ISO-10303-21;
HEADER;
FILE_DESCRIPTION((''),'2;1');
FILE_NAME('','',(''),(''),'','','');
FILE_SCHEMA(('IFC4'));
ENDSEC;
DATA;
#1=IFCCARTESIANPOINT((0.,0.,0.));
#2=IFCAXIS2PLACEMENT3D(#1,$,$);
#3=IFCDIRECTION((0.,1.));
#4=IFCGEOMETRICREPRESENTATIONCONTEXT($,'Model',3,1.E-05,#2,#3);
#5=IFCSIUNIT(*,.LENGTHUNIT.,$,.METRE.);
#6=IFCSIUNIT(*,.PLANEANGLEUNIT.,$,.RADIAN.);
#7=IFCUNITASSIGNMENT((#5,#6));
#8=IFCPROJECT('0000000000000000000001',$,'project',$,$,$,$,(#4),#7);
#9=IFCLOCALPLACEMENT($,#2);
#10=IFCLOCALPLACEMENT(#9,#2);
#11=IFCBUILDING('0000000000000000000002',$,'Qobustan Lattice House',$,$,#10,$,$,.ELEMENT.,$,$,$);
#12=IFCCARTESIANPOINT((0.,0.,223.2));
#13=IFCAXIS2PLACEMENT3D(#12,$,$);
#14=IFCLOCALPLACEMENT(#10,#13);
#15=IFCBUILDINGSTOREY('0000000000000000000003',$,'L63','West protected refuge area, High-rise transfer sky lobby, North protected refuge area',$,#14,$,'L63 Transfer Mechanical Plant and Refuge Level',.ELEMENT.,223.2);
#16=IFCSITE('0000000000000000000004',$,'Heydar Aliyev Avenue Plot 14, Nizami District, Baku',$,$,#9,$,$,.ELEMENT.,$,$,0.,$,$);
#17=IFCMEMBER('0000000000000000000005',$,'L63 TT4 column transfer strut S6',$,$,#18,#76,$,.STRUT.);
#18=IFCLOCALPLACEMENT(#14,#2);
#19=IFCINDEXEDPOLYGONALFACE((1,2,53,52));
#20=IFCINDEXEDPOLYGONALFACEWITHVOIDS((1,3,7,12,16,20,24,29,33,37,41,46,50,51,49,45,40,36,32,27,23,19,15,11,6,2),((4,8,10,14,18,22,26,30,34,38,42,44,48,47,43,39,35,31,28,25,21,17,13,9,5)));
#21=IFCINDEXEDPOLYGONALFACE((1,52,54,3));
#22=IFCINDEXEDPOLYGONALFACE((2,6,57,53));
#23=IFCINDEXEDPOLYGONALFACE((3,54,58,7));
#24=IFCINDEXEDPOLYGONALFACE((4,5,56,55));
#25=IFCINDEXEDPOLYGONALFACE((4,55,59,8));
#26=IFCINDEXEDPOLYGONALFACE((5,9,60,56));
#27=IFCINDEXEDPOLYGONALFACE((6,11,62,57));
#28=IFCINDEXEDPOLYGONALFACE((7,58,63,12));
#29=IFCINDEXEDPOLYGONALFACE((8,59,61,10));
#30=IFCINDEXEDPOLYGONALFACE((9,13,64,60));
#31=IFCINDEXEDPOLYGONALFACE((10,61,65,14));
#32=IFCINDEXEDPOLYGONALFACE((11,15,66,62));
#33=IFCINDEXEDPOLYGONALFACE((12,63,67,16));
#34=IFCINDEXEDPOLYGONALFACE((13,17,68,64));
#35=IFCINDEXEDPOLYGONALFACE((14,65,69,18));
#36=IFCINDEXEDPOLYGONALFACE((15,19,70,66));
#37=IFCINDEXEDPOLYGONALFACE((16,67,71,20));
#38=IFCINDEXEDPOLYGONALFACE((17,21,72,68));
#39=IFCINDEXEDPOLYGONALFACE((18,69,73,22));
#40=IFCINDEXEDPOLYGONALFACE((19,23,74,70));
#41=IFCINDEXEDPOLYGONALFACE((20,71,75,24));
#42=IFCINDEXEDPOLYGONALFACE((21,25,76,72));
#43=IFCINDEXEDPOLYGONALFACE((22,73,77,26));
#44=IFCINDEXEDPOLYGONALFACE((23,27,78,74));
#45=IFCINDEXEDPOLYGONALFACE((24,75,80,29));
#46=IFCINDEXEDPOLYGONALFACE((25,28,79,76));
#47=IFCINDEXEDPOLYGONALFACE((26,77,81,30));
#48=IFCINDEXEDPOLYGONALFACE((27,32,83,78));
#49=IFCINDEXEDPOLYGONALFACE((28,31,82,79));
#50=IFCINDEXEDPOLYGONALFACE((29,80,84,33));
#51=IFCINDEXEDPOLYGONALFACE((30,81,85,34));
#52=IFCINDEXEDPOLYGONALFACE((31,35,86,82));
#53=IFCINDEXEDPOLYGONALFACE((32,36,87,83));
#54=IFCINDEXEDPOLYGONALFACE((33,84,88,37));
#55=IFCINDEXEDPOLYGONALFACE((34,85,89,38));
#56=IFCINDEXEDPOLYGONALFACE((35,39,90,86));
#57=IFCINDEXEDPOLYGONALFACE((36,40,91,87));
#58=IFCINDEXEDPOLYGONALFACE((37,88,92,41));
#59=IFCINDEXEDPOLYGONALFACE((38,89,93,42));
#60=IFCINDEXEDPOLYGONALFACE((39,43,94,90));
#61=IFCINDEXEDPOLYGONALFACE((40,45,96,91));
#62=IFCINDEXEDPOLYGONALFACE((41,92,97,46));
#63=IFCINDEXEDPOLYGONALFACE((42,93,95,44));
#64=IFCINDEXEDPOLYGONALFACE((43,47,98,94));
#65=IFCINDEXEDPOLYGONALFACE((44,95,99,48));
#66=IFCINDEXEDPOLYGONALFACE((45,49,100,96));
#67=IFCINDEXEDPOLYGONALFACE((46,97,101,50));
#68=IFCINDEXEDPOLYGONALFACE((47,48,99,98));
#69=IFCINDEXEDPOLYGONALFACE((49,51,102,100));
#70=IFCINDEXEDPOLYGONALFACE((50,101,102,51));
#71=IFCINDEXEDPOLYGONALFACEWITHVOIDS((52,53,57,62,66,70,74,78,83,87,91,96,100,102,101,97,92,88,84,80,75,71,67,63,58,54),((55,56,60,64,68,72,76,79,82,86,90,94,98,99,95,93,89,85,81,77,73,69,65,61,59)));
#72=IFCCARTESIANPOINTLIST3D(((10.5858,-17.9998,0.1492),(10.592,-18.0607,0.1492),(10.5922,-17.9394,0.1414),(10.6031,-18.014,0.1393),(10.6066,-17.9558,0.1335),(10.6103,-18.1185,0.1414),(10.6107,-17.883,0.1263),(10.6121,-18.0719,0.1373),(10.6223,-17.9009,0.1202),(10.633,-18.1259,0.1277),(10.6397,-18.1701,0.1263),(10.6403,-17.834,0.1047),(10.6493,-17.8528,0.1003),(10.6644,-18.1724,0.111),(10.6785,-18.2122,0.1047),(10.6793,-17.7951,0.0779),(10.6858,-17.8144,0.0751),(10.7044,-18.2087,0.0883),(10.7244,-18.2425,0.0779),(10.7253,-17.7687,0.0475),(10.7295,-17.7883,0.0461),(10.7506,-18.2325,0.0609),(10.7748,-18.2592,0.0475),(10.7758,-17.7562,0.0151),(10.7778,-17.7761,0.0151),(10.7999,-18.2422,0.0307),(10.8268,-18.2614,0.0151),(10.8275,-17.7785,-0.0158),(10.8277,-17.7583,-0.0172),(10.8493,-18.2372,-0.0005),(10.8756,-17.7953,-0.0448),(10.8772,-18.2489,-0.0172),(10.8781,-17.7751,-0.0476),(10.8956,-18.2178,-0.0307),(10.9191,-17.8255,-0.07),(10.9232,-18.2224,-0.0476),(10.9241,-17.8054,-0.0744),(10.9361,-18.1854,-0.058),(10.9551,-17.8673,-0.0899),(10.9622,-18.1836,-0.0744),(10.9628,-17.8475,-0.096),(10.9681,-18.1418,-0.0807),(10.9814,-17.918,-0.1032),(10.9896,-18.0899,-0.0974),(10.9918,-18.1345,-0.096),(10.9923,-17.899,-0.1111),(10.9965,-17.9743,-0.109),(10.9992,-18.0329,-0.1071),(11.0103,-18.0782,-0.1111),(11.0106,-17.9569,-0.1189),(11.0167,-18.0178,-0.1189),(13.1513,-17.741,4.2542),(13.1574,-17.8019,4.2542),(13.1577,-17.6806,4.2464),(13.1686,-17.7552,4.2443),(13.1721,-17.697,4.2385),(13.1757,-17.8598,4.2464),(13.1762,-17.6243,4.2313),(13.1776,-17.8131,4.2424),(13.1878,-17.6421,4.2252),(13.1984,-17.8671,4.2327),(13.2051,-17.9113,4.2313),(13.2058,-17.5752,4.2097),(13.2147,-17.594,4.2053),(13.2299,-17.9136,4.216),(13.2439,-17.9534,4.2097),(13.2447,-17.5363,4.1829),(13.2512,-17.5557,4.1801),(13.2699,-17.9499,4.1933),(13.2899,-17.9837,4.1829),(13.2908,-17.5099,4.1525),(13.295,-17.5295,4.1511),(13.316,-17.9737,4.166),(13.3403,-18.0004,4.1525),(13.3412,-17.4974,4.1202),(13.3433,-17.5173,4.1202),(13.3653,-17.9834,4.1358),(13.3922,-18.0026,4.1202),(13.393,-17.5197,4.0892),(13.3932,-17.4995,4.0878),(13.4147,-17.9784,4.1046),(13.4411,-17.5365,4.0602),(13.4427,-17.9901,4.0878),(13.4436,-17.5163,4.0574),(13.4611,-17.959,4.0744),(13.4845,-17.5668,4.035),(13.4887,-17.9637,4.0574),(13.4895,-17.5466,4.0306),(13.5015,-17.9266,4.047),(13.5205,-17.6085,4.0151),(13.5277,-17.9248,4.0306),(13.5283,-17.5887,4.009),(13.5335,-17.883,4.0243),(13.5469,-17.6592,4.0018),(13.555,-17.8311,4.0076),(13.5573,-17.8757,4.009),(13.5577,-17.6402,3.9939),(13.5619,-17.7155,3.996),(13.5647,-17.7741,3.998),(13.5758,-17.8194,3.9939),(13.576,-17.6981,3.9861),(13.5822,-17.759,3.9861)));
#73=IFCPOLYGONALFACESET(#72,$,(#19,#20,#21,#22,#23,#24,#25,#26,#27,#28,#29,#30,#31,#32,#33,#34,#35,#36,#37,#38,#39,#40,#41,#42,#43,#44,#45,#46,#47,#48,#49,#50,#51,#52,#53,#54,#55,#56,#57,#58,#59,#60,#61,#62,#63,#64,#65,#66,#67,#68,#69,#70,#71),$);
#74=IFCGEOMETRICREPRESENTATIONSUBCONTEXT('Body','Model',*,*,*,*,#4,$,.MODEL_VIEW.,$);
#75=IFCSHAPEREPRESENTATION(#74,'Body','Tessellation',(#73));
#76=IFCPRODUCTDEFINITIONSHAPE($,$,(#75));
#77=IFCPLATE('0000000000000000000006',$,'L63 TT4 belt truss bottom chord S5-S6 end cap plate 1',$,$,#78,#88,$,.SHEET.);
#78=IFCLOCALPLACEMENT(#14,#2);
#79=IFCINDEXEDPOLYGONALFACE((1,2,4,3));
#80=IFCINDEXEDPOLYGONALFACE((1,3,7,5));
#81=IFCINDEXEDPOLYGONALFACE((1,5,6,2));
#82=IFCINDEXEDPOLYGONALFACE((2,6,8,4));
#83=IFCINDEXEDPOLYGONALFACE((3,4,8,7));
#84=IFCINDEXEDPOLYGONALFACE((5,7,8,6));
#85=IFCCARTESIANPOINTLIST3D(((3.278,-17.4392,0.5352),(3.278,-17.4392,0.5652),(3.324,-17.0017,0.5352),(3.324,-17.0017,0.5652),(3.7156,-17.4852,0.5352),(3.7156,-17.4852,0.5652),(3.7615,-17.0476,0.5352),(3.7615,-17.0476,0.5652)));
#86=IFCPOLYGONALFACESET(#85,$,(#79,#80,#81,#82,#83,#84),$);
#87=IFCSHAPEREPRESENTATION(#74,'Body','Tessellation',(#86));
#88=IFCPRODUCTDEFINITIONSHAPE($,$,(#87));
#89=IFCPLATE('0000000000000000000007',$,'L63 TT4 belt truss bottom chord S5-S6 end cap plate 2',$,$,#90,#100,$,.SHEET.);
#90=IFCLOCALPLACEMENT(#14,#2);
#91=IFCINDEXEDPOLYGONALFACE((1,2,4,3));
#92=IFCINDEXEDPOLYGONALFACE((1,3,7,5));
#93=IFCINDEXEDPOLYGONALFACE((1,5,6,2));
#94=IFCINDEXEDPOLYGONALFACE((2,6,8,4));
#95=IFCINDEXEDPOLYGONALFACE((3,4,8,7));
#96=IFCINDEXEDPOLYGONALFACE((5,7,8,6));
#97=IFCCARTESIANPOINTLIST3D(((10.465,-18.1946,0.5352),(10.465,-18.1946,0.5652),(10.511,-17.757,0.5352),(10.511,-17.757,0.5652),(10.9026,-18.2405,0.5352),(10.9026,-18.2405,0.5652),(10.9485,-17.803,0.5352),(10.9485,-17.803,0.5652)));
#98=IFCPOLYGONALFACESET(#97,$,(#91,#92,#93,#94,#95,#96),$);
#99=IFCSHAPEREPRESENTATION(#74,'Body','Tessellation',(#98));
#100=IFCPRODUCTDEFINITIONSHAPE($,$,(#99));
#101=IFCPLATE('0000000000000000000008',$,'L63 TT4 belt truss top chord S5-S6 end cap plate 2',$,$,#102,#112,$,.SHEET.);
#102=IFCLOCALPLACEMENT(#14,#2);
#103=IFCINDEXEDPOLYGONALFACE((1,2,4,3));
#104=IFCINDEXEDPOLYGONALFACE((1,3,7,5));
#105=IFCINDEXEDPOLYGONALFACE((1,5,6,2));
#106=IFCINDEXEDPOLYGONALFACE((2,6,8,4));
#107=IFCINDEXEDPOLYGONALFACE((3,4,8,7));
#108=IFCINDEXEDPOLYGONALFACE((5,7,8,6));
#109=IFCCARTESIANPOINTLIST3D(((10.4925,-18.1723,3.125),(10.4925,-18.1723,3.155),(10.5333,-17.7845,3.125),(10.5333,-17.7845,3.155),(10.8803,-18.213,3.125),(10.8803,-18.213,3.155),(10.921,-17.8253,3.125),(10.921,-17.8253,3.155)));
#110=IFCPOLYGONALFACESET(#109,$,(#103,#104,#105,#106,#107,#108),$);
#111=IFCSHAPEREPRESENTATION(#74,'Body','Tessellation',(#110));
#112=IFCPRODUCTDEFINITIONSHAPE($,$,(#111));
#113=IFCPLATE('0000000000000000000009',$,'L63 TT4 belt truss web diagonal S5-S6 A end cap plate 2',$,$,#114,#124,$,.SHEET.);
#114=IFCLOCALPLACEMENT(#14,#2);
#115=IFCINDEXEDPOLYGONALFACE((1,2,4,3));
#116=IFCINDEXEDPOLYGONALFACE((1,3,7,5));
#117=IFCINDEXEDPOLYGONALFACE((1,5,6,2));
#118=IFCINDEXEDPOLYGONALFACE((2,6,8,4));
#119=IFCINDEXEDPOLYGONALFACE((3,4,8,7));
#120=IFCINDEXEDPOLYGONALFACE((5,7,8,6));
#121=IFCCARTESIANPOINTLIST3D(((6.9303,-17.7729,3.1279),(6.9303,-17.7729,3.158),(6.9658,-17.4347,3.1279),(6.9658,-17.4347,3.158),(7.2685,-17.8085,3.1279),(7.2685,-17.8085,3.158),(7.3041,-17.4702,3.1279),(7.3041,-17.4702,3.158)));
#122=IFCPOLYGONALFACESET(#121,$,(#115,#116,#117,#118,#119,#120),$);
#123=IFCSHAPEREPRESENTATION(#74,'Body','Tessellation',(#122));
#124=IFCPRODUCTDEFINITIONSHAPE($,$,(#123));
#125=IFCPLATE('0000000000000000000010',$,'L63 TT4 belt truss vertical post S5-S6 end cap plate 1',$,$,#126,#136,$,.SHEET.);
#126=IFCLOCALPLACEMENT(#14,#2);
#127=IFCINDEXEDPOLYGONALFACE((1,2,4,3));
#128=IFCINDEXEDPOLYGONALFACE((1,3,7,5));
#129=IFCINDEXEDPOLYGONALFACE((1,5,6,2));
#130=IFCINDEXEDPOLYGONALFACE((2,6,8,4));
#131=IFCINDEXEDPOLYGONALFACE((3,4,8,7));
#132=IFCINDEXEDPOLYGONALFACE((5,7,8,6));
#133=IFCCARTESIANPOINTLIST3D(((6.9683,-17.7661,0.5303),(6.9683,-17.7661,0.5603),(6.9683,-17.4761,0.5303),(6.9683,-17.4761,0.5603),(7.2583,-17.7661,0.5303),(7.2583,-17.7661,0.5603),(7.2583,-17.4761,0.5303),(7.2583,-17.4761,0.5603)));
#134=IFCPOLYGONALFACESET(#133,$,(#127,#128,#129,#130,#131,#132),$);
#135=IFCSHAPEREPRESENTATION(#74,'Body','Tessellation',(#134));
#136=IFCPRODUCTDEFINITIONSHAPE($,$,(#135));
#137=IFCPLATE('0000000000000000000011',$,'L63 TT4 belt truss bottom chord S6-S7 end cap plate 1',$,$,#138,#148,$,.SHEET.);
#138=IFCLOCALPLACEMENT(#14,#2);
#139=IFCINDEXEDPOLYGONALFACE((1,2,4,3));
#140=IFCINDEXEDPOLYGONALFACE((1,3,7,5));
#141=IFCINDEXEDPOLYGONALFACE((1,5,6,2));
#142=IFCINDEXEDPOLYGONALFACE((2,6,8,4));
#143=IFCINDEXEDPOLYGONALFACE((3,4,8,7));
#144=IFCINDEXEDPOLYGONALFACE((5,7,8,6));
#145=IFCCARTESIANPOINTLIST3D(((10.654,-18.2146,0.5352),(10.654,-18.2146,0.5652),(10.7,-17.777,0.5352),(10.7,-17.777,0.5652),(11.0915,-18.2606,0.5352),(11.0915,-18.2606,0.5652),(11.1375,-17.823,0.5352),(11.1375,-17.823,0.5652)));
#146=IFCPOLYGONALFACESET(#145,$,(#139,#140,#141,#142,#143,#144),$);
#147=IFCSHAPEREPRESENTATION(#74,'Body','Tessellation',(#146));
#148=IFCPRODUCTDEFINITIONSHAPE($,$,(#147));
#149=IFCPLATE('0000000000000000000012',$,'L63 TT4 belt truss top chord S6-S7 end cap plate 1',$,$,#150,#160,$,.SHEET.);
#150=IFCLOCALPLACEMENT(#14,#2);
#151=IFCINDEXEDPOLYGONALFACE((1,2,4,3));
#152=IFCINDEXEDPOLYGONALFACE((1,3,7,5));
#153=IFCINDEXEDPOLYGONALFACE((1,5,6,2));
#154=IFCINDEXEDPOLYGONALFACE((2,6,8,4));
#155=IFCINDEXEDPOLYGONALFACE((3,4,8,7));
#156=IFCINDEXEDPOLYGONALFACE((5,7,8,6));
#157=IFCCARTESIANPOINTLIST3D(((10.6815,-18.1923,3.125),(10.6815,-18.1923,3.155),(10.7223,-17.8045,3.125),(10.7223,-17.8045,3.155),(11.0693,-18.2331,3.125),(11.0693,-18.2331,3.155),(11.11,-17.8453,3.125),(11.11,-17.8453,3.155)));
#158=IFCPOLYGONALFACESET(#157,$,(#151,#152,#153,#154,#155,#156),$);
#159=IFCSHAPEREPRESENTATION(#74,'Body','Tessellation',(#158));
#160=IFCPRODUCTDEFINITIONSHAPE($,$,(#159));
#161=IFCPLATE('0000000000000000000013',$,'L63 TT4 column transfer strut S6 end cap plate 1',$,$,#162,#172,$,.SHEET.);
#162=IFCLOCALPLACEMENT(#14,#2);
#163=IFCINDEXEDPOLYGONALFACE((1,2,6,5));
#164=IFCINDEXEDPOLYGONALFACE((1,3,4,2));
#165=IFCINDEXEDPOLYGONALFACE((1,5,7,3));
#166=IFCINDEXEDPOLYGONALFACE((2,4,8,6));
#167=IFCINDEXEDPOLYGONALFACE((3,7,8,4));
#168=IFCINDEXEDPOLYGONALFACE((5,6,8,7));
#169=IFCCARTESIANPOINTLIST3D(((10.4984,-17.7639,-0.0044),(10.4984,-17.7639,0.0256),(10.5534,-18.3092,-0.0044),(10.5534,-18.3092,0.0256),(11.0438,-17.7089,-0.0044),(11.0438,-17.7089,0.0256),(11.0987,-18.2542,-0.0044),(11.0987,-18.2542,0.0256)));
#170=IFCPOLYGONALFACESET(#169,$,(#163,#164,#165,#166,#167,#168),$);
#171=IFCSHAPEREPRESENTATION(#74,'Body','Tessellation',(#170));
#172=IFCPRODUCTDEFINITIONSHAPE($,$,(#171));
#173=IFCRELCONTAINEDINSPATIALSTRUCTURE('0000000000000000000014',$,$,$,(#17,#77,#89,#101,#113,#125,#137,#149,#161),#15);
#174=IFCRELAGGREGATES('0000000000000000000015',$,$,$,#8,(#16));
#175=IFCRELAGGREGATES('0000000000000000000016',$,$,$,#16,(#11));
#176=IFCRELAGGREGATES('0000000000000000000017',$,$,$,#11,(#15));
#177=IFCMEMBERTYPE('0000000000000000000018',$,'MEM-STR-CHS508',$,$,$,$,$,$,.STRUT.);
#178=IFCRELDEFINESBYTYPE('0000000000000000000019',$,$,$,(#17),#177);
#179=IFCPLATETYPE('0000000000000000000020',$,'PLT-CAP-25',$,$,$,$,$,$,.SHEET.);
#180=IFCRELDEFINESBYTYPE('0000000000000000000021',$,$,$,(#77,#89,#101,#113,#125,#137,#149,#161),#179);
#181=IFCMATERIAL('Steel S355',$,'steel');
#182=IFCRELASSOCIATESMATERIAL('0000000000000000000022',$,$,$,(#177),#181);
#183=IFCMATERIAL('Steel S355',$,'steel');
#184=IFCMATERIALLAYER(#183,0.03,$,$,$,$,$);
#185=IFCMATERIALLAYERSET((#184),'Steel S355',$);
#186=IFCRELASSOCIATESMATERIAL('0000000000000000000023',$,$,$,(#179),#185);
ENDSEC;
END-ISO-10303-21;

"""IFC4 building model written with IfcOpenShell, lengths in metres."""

from ifc_helpers import new_model, si_unit, direction, frame, origin, origin_2d, place, context, subcontext, project, spatial, rectangle, hollow_circle, extrude, material, layer, layer_set, material_profile, profile_set, type_object, element, save


model = new_model("IFC4")

# Units and contexts
model_context = context("Model", 3, precision=1e-05, world=origin(), true_north=direction((0.0, 1.0)))
body_context = subcontext(model_context, "Body", "Model", "MODEL_VIEW")
ifc_project = project(units=[si_unit("LENGTHUNIT", "METRE"), si_unit("PLANEANGLEUNIT", "RADIAN")], contexts=[model_context])

# Site, building, storey
site_placement = place(None, origin())
site = spatial("IfcSite", under=ifc_project, at=site_placement, Name="Heydar Aliyev Avenue Plot 14, Nizami District, Baku", CompositionType="ELEMENT", RefElevation=0.0)
building_placement = place(site_placement, origin())
building = spatial("IfcBuilding", under=site, at=building_placement, Name="Qobustan Lattice House", CompositionType="ELEMENT")
storey_placement = place(building_placement, frame((0.0, 0.0, 223.2)))
storey = spatial("IfcBuildingStorey", under=building, at=storey_placement, Name="L63", Description="West protected refuge area, High-rise transfer sky lobby, North protected refuge area", LongName="L63 Transfer Mechanical Plant and Refuge Level", CompositionType="ELEMENT", Elevation=223.2)

# Member
ifc_material_1 = material(Name="Steel S355", Category="steel")
ifc_material_profile_1 = material_profile(ifc_material_1, hollow_circle(Radius=0.2539, WallThickness=0.02, at=origin_2d()), Name="CHS508x20")
ifc_profile_set_1 = profile_set([ifc_material_profile_1], Name="Steel S355")
member_type_1 = type_object("IfcMemberType", Name="MEM-STR-CHS508", PredefinedType="STRUT", material=ifc_profile_set_1)
member_1_placement = place(storey_placement, frame((10.8013, -18.0088, 0.0151), z_axis=(0.529216, 0.053385, 0.846806), x_axis=(-0.100366, 0.994951, 0.0)))
element("IfcMember", 1, at=member_1_placement, inside=storey, type_object=member_type_1, Name="L63 TT4 column transfer strut S6", PredefinedType="STRUT", context=body_context, shape_type="SweptSolid", body=[
    extrude(hollow_circle(Radius=0.2539, WallThickness=0.02, at=origin_2d()), origin(), (0.0, 0.0, 1.0), 4.8477),
])

# Plates
ifc_material_2 = material(Name="Steel S355", Category="steel")
ifc_layer = layer(ifc_material_2, 0.03)
ifc_layer_set = layer_set([ifc_layer], Name="Steel S355")
plate_type = type_object("IfcPlateType", Name="PLT-CAP-25", PredefinedType="SHEET", material=ifc_layer_set)
for number, where, z_axis, x_axis, name in (
    (2, (3.5198, -17.2434, 0.5352), (0.0, 0.0, 1.0), (0.994524, -0.104511, 0.0), "L63 TT4 belt truss bottom chord S5-S6 end cap plate 1"),
    (3, (10.7068, -17.9988, 0.5352), (0.0, 0.0, 1.0), (0.994524, -0.104511, 0.0), "L63 TT4 belt truss bottom chord S5-S6 end cap plate 2"),
):
    element("IfcPlate", number, at=place(storey_placement, frame(where, z_axis=z_axis, x_axis=x_axis)), inside=storey, type_object=plate_type, Name=name, PredefinedType="SHEET", context=body_context, shape_type="SweptSolid", body=[
        extrude(rectangle(XDim=0.4399, YDim=0.4399, at=origin_2d()), origin(), (0.0, 0.0, 1.0), 0.03),
    ])
plate_1_placement = place(storey_placement, frame((10.7068, -17.9988, 3.125), z_axis=(0.0, 0.0, 1.0), x_axis=(0.994524, -0.104511, 0.0)))
element("IfcPlate", 4, at=plate_1_placement, inside=storey, type_object=plate_type, Name="L63 TT4 belt truss top chord S5-S6 end cap plate 2", PredefinedType="SHEET", context=body_context, shape_type="SweptSolid", body=[
    extrude(rectangle(XDim=0.3899, YDim=0.3899, at=origin_2d()), origin(), (0.0, 0.0, 1.0), 0.03),
])
plate_2_placement = place(storey_placement, frame((7.1172, -17.6216, 3.1279), z_axis=(0.0, 0.0, 1.0), x_axis=(0.994524, -0.104511, 0.0)))
element("IfcPlate", 5, at=plate_2_placement, inside=storey, type_object=plate_type, Name="L63 TT4 belt truss web diagonal S5-S6 A end cap plate 2", PredefinedType="SHEET", context=body_context, shape_type="SweptSolid", body=[
    extrude(rectangle(XDim=0.3401, YDim=0.3401, at=origin_2d()), origin(), (0.0, 0.0, 1.0), 0.03),
])
plate_3_placement = place(storey_placement, frame((7.1133, -17.6211, 0.5303), z_axis=(0.0, 0.0, 1.0), x_axis=(1.0, 0.0, 0.0)))
element("IfcPlate", 6, at=plate_3_placement, inside=storey, type_object=plate_type, Name="L63 TT4 belt truss vertical post S5-S6 end cap plate 1", PredefinedType="SHEET", context=body_context, shape_type="SweptSolid", body=[
    extrude(rectangle(XDim=0.29, YDim=0.29, at=origin_2d()), origin(), (0.0, 0.0, 1.0), 0.03),
])
plate_4_placement = place(storey_placement, frame((10.8958, -18.0188, 0.5352), z_axis=(0.0, 0.0, 1.0), x_axis=(0.994522, -0.104528, 0.0)))
element("IfcPlate", 7, at=plate_4_placement, inside=storey, type_object=plate_type, Name="L63 TT4 belt truss bottom chord S6-S7 end cap plate 1", PredefinedType="SHEET", context=body_context, shape_type="SweptSolid", body=[
    extrude(rectangle(XDim=0.4399, YDim=0.4399, at=origin_2d()), origin(), (0.0, 0.0, 1.0), 0.03),
])
plate_5_placement = place(storey_placement, frame((10.8958, -18.0188, 3.125), z_axis=(0.0, 0.0, 1.0), x_axis=(0.994522, -0.104528, 0.0)))
element("IfcPlate", 8, at=plate_5_placement, inside=storey, type_object=plate_type, Name="L63 TT4 belt truss top chord S6-S7 end cap plate 1", PredefinedType="SHEET", context=body_context, shape_type="SweptSolid", body=[
    extrude(rectangle(XDim=0.3899, YDim=0.3899, at=origin_2d()), origin(), (0.0, 0.0, 1.0), 0.03),
])
plate_6_placement = place(storey_placement, frame((10.7986, -18.009, -0.0044), z_axis=(0.0, 0.0, 1.0), x_axis=(0.994955, 0.100327, 0.0)))
element("IfcPlate", 9, at=plate_6_placement, inside=storey, type_object=plate_type, Name="L63 TT4 column transfer strut S6 end cap plate 1", PredefinedType="SHEET", context=body_context, shape_type="SweptSolid", body=[
    extrude(rectangle(XDim=0.5481, YDim=0.5481, at=origin_2d()), origin(), (0.0, 0.0, 1.0), 0.03),
])

save(model, "model.ifc")
